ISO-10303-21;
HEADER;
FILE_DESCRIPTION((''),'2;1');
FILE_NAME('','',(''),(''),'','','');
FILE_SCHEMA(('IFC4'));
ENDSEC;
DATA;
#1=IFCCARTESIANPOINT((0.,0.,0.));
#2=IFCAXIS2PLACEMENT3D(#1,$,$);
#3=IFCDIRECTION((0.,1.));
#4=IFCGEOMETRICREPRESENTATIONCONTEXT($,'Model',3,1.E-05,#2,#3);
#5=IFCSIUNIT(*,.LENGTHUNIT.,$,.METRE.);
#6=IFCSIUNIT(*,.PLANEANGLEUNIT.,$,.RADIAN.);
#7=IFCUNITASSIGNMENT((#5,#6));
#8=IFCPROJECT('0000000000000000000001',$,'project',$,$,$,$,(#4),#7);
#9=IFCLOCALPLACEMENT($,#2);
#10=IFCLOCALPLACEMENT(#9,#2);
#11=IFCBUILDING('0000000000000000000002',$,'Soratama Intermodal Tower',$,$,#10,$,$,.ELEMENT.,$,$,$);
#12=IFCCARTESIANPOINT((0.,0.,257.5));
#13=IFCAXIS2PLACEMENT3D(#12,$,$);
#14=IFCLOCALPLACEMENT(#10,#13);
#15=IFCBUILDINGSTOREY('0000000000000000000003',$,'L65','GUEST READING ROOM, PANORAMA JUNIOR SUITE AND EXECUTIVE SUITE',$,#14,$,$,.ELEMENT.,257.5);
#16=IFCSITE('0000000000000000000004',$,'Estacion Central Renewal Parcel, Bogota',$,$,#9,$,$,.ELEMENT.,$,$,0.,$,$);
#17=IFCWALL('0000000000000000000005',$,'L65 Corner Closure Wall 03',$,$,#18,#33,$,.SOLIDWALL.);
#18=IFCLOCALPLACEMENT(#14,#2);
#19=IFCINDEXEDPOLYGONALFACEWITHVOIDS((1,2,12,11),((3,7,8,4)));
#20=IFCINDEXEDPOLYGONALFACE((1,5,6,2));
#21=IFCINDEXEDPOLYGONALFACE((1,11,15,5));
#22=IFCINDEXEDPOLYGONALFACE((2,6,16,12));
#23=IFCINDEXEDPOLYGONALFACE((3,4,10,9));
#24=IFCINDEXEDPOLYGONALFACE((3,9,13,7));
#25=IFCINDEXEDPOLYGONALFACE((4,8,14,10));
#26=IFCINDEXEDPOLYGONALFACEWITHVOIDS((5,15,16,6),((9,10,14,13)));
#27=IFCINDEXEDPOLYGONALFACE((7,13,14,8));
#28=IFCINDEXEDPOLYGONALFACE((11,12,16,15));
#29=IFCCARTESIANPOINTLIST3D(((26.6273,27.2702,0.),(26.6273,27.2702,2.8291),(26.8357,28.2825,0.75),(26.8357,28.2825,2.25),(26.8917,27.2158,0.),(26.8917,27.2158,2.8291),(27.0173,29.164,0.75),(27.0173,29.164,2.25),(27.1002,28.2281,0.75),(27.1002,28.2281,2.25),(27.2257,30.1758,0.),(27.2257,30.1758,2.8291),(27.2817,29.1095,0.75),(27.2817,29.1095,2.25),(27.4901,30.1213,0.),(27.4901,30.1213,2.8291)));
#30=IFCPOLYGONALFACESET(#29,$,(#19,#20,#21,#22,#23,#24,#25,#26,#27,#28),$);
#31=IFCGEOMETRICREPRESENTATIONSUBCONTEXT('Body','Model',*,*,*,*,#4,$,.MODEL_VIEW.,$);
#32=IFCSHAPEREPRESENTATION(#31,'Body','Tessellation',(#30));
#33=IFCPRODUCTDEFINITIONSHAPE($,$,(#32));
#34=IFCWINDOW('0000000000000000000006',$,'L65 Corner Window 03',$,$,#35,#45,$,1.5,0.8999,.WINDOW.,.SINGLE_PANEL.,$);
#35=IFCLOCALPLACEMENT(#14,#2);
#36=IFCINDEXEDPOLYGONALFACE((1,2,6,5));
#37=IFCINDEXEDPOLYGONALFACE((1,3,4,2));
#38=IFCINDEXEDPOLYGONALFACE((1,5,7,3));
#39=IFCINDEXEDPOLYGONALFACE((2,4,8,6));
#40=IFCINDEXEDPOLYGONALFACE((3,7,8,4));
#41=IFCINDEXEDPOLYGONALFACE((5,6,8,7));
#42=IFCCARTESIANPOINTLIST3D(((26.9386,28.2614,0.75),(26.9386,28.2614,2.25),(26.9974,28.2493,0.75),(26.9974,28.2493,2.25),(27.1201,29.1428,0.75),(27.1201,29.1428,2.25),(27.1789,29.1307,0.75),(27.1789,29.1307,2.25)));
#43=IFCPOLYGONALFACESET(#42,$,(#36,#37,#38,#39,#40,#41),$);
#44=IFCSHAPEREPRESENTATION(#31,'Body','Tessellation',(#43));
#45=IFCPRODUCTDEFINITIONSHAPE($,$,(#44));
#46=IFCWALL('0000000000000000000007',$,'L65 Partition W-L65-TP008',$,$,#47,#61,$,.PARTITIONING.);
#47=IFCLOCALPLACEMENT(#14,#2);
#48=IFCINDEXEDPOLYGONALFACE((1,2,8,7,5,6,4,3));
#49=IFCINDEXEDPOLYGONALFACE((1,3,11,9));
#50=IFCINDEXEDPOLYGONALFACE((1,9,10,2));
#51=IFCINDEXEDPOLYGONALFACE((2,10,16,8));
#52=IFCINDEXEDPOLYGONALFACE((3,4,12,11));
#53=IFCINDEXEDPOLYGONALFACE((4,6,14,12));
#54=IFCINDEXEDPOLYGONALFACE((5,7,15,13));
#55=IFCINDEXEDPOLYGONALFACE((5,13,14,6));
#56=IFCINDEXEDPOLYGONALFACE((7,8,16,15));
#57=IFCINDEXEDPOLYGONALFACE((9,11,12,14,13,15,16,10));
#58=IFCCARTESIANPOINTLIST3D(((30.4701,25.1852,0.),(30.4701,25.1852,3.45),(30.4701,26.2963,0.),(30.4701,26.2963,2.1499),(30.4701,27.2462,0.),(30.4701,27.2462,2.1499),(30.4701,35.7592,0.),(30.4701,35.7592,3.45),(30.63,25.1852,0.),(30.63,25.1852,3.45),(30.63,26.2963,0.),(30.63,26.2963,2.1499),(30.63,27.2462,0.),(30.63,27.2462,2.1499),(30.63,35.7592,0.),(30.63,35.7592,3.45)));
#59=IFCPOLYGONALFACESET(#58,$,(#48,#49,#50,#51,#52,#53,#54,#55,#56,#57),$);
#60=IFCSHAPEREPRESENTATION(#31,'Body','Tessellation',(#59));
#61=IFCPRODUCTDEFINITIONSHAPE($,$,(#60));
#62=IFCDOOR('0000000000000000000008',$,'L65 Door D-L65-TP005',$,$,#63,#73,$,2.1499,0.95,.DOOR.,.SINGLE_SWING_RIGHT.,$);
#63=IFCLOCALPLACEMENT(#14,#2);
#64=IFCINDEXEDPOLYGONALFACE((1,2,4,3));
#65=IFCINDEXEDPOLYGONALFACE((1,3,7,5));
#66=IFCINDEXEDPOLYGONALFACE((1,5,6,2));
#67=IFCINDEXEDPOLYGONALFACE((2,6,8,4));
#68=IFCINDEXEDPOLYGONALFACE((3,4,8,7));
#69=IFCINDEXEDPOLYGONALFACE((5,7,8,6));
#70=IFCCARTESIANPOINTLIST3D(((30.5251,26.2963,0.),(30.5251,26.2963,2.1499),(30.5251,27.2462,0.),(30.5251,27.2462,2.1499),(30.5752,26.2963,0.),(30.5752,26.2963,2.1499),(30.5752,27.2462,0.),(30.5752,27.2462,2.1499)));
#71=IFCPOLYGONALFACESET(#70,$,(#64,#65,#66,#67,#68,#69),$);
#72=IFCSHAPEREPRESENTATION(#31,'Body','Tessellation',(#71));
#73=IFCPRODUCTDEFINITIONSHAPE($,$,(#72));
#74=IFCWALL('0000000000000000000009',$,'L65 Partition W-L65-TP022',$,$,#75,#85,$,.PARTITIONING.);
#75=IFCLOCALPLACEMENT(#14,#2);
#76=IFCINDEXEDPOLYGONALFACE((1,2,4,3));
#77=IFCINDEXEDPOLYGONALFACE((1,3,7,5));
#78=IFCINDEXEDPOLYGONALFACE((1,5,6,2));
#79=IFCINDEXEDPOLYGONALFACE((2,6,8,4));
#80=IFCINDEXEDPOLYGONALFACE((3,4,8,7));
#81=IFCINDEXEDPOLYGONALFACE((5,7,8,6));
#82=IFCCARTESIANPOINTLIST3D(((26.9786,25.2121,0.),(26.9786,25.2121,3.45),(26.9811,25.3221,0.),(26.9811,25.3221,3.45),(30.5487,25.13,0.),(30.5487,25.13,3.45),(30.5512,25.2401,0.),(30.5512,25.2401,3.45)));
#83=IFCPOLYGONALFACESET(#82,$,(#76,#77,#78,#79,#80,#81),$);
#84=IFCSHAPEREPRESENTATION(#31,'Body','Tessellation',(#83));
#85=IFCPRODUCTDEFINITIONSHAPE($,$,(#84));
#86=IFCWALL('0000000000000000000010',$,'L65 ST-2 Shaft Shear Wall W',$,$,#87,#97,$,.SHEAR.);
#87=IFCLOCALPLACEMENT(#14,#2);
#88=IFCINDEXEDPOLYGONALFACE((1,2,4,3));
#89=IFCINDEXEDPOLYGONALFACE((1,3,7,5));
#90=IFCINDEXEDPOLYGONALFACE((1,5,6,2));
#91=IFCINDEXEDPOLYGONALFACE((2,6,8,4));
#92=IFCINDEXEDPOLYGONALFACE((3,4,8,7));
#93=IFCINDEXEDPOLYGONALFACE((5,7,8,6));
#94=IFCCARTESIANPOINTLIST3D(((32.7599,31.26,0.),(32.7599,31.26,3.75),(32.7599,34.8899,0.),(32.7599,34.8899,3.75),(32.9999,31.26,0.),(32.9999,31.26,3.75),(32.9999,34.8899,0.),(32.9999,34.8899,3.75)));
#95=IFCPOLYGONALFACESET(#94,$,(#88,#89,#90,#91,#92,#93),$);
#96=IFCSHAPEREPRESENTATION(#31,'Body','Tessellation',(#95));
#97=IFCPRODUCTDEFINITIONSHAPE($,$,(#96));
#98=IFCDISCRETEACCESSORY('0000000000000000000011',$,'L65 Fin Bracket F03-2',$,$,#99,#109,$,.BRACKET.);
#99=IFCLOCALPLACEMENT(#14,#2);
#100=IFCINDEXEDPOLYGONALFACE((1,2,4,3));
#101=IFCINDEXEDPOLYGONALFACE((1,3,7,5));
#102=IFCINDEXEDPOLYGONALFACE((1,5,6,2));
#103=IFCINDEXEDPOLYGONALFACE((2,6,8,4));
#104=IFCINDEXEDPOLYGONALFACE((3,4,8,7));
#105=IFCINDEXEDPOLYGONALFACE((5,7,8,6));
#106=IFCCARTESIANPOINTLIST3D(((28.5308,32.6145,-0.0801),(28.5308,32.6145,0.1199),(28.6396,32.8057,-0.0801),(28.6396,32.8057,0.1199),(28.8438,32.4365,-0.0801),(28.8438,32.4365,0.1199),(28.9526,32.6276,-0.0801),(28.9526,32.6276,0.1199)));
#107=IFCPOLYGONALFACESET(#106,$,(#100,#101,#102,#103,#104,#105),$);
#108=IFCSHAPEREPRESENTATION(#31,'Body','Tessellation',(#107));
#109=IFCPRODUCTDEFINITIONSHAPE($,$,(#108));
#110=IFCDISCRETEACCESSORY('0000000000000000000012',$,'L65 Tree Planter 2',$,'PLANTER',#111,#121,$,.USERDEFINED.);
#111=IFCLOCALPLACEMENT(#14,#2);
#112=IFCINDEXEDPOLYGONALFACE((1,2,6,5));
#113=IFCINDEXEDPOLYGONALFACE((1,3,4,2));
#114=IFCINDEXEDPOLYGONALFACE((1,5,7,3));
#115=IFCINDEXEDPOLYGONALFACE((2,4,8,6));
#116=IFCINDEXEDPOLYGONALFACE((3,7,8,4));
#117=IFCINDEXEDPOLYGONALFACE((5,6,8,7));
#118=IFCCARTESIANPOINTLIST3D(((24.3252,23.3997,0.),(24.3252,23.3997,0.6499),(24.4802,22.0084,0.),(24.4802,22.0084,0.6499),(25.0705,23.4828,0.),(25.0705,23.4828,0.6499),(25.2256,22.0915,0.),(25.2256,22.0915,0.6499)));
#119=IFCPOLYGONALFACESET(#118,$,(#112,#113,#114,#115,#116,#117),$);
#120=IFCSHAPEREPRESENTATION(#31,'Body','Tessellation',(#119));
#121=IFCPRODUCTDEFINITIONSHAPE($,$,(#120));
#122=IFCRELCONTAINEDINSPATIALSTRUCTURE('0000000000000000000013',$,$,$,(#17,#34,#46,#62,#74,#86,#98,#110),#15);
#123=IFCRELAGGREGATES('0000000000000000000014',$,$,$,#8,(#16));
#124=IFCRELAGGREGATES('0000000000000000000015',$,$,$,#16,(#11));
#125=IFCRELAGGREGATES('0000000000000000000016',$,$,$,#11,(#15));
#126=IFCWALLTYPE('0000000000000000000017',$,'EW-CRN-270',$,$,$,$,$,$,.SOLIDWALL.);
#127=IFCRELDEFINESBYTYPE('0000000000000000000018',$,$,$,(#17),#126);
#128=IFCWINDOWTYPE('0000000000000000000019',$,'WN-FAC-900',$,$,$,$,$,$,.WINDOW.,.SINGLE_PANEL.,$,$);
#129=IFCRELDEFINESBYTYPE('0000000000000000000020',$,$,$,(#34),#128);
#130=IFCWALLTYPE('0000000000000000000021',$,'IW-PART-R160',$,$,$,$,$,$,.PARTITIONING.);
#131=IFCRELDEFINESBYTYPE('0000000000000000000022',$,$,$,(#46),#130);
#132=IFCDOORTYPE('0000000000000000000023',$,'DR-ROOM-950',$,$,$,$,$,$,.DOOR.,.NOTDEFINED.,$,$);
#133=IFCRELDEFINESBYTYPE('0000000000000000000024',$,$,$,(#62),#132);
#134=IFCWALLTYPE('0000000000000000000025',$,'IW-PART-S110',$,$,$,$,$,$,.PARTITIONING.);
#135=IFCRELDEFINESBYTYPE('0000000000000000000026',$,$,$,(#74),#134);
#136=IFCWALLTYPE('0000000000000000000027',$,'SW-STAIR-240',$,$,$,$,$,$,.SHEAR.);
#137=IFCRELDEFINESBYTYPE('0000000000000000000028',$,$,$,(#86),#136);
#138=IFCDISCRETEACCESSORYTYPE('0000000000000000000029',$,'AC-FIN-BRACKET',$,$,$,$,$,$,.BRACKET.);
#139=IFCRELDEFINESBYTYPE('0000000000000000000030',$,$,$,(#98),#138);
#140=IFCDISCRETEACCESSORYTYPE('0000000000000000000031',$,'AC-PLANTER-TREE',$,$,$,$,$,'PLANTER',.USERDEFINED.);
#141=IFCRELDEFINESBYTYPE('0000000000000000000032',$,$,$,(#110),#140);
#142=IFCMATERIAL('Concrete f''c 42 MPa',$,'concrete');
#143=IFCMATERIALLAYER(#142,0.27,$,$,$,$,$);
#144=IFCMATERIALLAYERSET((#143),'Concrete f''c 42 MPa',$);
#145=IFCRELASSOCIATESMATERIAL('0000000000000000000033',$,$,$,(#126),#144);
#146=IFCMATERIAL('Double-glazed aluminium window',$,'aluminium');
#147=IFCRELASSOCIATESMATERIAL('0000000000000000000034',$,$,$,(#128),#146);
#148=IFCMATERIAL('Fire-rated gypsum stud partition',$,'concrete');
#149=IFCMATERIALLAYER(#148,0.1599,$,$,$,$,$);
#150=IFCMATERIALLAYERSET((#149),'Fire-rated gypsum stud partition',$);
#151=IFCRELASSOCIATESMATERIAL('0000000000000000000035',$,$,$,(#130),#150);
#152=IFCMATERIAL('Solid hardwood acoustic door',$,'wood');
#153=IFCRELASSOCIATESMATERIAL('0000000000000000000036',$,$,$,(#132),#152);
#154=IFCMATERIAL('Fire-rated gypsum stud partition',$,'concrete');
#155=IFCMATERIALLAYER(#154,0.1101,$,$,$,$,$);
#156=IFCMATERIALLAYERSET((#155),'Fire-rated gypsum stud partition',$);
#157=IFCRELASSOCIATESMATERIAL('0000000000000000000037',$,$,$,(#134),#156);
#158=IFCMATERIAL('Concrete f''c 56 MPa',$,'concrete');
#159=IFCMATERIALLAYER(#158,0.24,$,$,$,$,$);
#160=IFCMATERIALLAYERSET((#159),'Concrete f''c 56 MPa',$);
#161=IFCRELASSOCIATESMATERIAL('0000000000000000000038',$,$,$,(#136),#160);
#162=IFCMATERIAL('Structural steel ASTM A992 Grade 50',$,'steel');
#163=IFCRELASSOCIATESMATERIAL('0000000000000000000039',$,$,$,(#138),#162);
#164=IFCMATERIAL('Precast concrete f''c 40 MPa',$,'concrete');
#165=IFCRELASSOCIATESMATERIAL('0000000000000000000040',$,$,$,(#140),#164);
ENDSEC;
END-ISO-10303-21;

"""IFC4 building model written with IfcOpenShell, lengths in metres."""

from ifc_helpers import new_model, si_unit, direction, frame, frame_2d, origin, origin_2d, place, context, subcontext, project, spatial, rectangle, extrude, material, layer, layer_set, type_object, element, fill, save


model = new_model("IFC4")

# Units and contexts
model_context = context("Model", 3, precision=1e-05, world=origin(), true_north=direction((0.0, 1.0)))
body_context = subcontext(model_context, "Body", "Model", "MODEL_VIEW")
ifc_project = project(units=[si_unit("LENGTHUNIT", "METRE"), si_unit("PLANEANGLEUNIT", "RADIAN")], contexts=[model_context])

# Site, building, storey
site_placement = place(None, origin())
site = spatial("IfcSite", under=ifc_project, at=site_placement, Name="Estacion Central Renewal Parcel, Bogota", CompositionType="ELEMENT", RefElevation=0.0)
building_placement = place(site_placement, origin())
building = spatial("IfcBuilding", under=site, at=building_placement, Name="Soratama Intermodal Tower", CompositionType="ELEMENT")
storey_placement = place(building_placement, frame((0.0, 0.0, 257.5)))
storey = spatial("IfcBuildingStorey", under=building, at=storey_placement, Name="L65", Description="GUEST READING ROOM, PANORAMA JUNIOR SUITE AND EXECUTIVE SUITE", CompositionType="ELEMENT", Elevation=257.5)

# Wall, opening, window
ifc_material_1 = material(Name="Concrete f'c 42 MPa", Category="concrete")
ifc_layer_1 = layer(ifc_material_1, 0.27)
ifc_layer_set_1 = layer_set([ifc_layer_1], Name="Concrete f'c 42 MPa")
wall_type_1 = type_object("IfcWallType", Name="EW-CRN-270", PredefinedType="SOLIDWALL", material=ifc_layer_set_1)
wall_1_placement = place(storey_placement, frame((27.3579, 30.1487, 0.0), z_axis=(0.0, 0.0, 1.0), x_axis=(-0.201716, -0.979444, 0.0)))
wall_1 = element("IfcWall", 1, at=wall_1_placement, inside=storey, type_object=wall_type_1, Name="L65 Corner Closure Wall 03", PredefinedType="SOLIDWALL", context=body_context, shape_type="SweptSolid", body=[
    extrude(rectangle(XDim=2.9666, YDim=0.27, at=frame_2d((1.4834, 0.0))), origin(), (0.0, 0.0, 1.0), 2.8291),
])
opening_1_placement = place(wall_1_placement, frame((1.0332, 0.0, 0.75)))
opening_1 = element("IfcOpeningElement", 2, at=opening_1_placement, cuts=wall_1, PredefinedType="OPENING", context=body_context, shape_type="SweptSolid", body=[
    extrude(rectangle(XDim=0.8999, YDim=1.5, at=frame_2d((0.45, 0.75))), frame((0.0, 0.145, 0.0), z_axis=(0.0, -1.0, 0.0), x_axis=(1.0, 0.0, 0.0)), (0.0, 0.0, 1.0), 0.29),
])
ifc_material_2 = material(Name="Double-glazed aluminium window", Category="aluminium")
window_type_1 = type_object("IfcWindowType", Name="WN-FAC-900", PartitioningType="SINGLE_PANEL", PredefinedType="WINDOW", material=ifc_material_2)
window_1_placement = place(opening_1_placement, origin())
window_1 = element("IfcWindow", 3, at=window_1_placement, inside=storey, type_object=window_type_1, Name="L65 Corner Window 03", OverallHeight=1.5, OverallWidth=0.8999, PartitioningType="SINGLE_PANEL", PredefinedType="WINDOW", context=body_context, shape_type="SweptSolid", body=[
    extrude(rectangle(XDim=0.8999, YDim=1.5, at=frame_2d((0.45, 0.75))), frame((0.0, 0.03, 0.0), z_axis=(0.0, -1.0, 0.0), x_axis=(1.0, 0.0, 0.0)), (0.0, 0.0, 1.0), 0.0601),
])
fill(opening_1, window_1)

# Wall, opening, door
ifc_material_3 = material(Name="Fire-rated gypsum stud partition", Category="concrete")
ifc_layer_2 = layer(ifc_material_3, 0.1599)
ifc_layer_set_2 = layer_set([ifc_layer_2], Name="Fire-rated gypsum stud partition")
wall_type_2 = type_object("IfcWallType", Name="IW-PART-R160", PredefinedType="PARTITIONING", material=ifc_layer_set_2)
wall_2_placement = place(storey_placement, frame((30.55, 25.1851, 0.0), z_axis=(0.0, 0.0, 1.0), x_axis=(0.0, 1.0, 0.0)))
wall_2 = element("IfcWall", 4, at=wall_2_placement, inside=storey, type_object=wall_type_2, Name="L65 Partition W-L65-TP008", PredefinedType="PARTITIONING", context=body_context, shape_type="SweptSolid", body=[
    extrude(rectangle(XDim=10.574, YDim=0.1599, at=frame_2d((5.2871, 0.0))), origin(), (0.0, 0.0, 1.0), 3.45),
])
opening_2_placement = place(wall_2_placement, frame((1.1111, 0.0, 0.0)))
opening_2 = element("IfcOpeningElement", 5, at=opening_2_placement, cuts=wall_2, PredefinedType="OPENING", context=body_context, shape_type="SweptSolid", body=[
    extrude(rectangle(XDim=0.95, YDim=2.1499, at=frame_2d((0.4751, 1.075))), frame((0.0, 0.0898, 0.0), z_axis=(0.0, -1.0, 0.0), x_axis=(1.0, 0.0, 0.0)), (0.0, 0.0, 1.0), 0.1799),
])
ifc_material_4 = material(Name="Solid hardwood acoustic door", Category="wood")
door_type_1 = type_object("IfcDoorType", Name="DR-ROOM-950", OperationType="NOTDEFINED", PredefinedType="DOOR", material=ifc_material_4)
door_1_placement = place(opening_2_placement, origin())
door_1 = element("IfcDoor", 6, at=door_1_placement, inside=storey, type_object=door_type_1, Name="L65 Door D-L65-TP005", OperationType="SINGLE_SWING_RIGHT", OverallHeight=2.1499, OverallWidth=0.95, PredefinedType="DOOR", context=body_context, shape_type="SweptSolid", body=[
    extrude(rectangle(XDim=0.95, YDim=2.1499, at=frame_2d((0.4751, 1.075))), frame((0.0, 0.0249, 0.0), z_axis=(0.0, -1.0, 0.0), x_axis=(1.0, 0.0, 0.0)), (0.0, 0.0, 1.0), 0.05),
])
fill(opening_2, door_1)

# Walls
ifc_material_5 = material(Name="Fire-rated gypsum stud partition", Category="concrete")
ifc_layer_3 = layer(ifc_material_5, 0.1101)
ifc_layer_set_3 = layer_set([ifc_layer_3], Name="Fire-rated gypsum stud partition")
wall_type_3 = type_object("IfcWallType", Name="IW-PART-S110", PredefinedType="PARTITIONING", material=ifc_layer_set_3)
wall_3_placement = place(storey_placement, frame((30.55, 25.1851, 0.0), z_axis=(0.0, 0.0, 1.0), x_axis=(-0.999736, 0.022971, 0.0)))
element("IfcWall", 7, at=wall_3_placement, inside=storey, type_object=wall_type_3, Name="L65 Partition W-L65-TP022", PredefinedType="PARTITIONING", context=body_context, shape_type="SweptSolid", body=[
    extrude(rectangle(XDim=3.571, YDim=0.1101, at=frame_2d((1.7856, 0.0))), origin(), (0.0, 0.0, 1.0), 3.45),
])
ifc_material_6 = material(Name="Concrete f'c 56 MPa", Category="concrete")
ifc_layer_4 = layer(ifc_material_6, 0.24)
ifc_layer_set_4 = layer_set([ifc_layer_4], Name="Concrete f'c 56 MPa")
wall_type_4 = type_object("IfcWallType", Name="SW-STAIR-240", PredefinedType="SHEAR", material=ifc_layer_set_4)
wall_4_placement = place(storey_placement, frame((32.8799, 31.26, 0.0), z_axis=(0.0, 0.0, 1.0), x_axis=(0.0, 1.0, 0.0)))
element("IfcWall", 8, at=wall_4_placement, inside=storey, type_object=wall_type_4, Name="L65 ST-2 Shaft Shear Wall W", PredefinedType="SHEAR", context=body_context, shape_type="SweptSolid", body=[
    extrude(rectangle(XDim=3.6299, YDim=0.24, at=frame_2d((1.8149, 0.0))), origin(), (0.0, 0.0, 1.0), 3.75),
])

# Discrete accessories
ifc_material_7 = material(Name="Structural steel ASTM A992 Grade 50", Category="steel")
discrete_accessory_type_1 = type_object("IfcDiscreteAccessoryType", Name="AC-FIN-BRACKET", PredefinedType="BRACKET", material=ifc_material_7)
discrete_accessory_1_placement = place(storey_placement, frame((28.7417, 32.6211, -0.0801), z_axis=(0.0, 0.0, 1.0), x_axis=(-0.86915, 0.494549, 0.0)))
element("IfcDiscreteAccessory", 9, at=discrete_accessory_1_placement, inside=storey, type_object=discrete_accessory_type_1, Name="L65 Fin Bracket F03-2", PredefinedType="BRACKET", context=body_context, shape_type="SweptSolid", body=[
    extrude(rectangle(XDim=0.3601, YDim=0.22, at=origin_2d()), origin(), (0.0, 0.0, 1.0), 0.2),
])
ifc_material_8 = material(Name="Precast concrete f'c 40 MPa", Category="concrete")
discrete_accessory_type_2 = type_object("IfcDiscreteAccessoryType", Name="AC-PLANTER-TREE", ElementType="PLANTER", PredefinedType="USERDEFINED", material=ifc_material_8)
discrete_accessory_2_placement = place(storey_placement, frame((24.7754, 22.7456, 0.0), z_axis=(0.0, 0.0, 1.0), x_axis=(-0.993845, -0.110775, 0.0)))
element("IfcDiscreteAccessory", 10, at=discrete_accessory_2_placement, inside=storey, type_object=discrete_accessory_type_2, Name="L65 Tree Planter 2", ObjectType="PLANTER", PredefinedType="USERDEFINED", context=body_context, shape_type="SweptSolid", body=[
    extrude(rectangle(XDim=0.75, YDim=1.3999, at=origin_2d()), origin(), (0.0, 0.0, 1.0), 0.6499),
])

save(model, "model.ifc")
